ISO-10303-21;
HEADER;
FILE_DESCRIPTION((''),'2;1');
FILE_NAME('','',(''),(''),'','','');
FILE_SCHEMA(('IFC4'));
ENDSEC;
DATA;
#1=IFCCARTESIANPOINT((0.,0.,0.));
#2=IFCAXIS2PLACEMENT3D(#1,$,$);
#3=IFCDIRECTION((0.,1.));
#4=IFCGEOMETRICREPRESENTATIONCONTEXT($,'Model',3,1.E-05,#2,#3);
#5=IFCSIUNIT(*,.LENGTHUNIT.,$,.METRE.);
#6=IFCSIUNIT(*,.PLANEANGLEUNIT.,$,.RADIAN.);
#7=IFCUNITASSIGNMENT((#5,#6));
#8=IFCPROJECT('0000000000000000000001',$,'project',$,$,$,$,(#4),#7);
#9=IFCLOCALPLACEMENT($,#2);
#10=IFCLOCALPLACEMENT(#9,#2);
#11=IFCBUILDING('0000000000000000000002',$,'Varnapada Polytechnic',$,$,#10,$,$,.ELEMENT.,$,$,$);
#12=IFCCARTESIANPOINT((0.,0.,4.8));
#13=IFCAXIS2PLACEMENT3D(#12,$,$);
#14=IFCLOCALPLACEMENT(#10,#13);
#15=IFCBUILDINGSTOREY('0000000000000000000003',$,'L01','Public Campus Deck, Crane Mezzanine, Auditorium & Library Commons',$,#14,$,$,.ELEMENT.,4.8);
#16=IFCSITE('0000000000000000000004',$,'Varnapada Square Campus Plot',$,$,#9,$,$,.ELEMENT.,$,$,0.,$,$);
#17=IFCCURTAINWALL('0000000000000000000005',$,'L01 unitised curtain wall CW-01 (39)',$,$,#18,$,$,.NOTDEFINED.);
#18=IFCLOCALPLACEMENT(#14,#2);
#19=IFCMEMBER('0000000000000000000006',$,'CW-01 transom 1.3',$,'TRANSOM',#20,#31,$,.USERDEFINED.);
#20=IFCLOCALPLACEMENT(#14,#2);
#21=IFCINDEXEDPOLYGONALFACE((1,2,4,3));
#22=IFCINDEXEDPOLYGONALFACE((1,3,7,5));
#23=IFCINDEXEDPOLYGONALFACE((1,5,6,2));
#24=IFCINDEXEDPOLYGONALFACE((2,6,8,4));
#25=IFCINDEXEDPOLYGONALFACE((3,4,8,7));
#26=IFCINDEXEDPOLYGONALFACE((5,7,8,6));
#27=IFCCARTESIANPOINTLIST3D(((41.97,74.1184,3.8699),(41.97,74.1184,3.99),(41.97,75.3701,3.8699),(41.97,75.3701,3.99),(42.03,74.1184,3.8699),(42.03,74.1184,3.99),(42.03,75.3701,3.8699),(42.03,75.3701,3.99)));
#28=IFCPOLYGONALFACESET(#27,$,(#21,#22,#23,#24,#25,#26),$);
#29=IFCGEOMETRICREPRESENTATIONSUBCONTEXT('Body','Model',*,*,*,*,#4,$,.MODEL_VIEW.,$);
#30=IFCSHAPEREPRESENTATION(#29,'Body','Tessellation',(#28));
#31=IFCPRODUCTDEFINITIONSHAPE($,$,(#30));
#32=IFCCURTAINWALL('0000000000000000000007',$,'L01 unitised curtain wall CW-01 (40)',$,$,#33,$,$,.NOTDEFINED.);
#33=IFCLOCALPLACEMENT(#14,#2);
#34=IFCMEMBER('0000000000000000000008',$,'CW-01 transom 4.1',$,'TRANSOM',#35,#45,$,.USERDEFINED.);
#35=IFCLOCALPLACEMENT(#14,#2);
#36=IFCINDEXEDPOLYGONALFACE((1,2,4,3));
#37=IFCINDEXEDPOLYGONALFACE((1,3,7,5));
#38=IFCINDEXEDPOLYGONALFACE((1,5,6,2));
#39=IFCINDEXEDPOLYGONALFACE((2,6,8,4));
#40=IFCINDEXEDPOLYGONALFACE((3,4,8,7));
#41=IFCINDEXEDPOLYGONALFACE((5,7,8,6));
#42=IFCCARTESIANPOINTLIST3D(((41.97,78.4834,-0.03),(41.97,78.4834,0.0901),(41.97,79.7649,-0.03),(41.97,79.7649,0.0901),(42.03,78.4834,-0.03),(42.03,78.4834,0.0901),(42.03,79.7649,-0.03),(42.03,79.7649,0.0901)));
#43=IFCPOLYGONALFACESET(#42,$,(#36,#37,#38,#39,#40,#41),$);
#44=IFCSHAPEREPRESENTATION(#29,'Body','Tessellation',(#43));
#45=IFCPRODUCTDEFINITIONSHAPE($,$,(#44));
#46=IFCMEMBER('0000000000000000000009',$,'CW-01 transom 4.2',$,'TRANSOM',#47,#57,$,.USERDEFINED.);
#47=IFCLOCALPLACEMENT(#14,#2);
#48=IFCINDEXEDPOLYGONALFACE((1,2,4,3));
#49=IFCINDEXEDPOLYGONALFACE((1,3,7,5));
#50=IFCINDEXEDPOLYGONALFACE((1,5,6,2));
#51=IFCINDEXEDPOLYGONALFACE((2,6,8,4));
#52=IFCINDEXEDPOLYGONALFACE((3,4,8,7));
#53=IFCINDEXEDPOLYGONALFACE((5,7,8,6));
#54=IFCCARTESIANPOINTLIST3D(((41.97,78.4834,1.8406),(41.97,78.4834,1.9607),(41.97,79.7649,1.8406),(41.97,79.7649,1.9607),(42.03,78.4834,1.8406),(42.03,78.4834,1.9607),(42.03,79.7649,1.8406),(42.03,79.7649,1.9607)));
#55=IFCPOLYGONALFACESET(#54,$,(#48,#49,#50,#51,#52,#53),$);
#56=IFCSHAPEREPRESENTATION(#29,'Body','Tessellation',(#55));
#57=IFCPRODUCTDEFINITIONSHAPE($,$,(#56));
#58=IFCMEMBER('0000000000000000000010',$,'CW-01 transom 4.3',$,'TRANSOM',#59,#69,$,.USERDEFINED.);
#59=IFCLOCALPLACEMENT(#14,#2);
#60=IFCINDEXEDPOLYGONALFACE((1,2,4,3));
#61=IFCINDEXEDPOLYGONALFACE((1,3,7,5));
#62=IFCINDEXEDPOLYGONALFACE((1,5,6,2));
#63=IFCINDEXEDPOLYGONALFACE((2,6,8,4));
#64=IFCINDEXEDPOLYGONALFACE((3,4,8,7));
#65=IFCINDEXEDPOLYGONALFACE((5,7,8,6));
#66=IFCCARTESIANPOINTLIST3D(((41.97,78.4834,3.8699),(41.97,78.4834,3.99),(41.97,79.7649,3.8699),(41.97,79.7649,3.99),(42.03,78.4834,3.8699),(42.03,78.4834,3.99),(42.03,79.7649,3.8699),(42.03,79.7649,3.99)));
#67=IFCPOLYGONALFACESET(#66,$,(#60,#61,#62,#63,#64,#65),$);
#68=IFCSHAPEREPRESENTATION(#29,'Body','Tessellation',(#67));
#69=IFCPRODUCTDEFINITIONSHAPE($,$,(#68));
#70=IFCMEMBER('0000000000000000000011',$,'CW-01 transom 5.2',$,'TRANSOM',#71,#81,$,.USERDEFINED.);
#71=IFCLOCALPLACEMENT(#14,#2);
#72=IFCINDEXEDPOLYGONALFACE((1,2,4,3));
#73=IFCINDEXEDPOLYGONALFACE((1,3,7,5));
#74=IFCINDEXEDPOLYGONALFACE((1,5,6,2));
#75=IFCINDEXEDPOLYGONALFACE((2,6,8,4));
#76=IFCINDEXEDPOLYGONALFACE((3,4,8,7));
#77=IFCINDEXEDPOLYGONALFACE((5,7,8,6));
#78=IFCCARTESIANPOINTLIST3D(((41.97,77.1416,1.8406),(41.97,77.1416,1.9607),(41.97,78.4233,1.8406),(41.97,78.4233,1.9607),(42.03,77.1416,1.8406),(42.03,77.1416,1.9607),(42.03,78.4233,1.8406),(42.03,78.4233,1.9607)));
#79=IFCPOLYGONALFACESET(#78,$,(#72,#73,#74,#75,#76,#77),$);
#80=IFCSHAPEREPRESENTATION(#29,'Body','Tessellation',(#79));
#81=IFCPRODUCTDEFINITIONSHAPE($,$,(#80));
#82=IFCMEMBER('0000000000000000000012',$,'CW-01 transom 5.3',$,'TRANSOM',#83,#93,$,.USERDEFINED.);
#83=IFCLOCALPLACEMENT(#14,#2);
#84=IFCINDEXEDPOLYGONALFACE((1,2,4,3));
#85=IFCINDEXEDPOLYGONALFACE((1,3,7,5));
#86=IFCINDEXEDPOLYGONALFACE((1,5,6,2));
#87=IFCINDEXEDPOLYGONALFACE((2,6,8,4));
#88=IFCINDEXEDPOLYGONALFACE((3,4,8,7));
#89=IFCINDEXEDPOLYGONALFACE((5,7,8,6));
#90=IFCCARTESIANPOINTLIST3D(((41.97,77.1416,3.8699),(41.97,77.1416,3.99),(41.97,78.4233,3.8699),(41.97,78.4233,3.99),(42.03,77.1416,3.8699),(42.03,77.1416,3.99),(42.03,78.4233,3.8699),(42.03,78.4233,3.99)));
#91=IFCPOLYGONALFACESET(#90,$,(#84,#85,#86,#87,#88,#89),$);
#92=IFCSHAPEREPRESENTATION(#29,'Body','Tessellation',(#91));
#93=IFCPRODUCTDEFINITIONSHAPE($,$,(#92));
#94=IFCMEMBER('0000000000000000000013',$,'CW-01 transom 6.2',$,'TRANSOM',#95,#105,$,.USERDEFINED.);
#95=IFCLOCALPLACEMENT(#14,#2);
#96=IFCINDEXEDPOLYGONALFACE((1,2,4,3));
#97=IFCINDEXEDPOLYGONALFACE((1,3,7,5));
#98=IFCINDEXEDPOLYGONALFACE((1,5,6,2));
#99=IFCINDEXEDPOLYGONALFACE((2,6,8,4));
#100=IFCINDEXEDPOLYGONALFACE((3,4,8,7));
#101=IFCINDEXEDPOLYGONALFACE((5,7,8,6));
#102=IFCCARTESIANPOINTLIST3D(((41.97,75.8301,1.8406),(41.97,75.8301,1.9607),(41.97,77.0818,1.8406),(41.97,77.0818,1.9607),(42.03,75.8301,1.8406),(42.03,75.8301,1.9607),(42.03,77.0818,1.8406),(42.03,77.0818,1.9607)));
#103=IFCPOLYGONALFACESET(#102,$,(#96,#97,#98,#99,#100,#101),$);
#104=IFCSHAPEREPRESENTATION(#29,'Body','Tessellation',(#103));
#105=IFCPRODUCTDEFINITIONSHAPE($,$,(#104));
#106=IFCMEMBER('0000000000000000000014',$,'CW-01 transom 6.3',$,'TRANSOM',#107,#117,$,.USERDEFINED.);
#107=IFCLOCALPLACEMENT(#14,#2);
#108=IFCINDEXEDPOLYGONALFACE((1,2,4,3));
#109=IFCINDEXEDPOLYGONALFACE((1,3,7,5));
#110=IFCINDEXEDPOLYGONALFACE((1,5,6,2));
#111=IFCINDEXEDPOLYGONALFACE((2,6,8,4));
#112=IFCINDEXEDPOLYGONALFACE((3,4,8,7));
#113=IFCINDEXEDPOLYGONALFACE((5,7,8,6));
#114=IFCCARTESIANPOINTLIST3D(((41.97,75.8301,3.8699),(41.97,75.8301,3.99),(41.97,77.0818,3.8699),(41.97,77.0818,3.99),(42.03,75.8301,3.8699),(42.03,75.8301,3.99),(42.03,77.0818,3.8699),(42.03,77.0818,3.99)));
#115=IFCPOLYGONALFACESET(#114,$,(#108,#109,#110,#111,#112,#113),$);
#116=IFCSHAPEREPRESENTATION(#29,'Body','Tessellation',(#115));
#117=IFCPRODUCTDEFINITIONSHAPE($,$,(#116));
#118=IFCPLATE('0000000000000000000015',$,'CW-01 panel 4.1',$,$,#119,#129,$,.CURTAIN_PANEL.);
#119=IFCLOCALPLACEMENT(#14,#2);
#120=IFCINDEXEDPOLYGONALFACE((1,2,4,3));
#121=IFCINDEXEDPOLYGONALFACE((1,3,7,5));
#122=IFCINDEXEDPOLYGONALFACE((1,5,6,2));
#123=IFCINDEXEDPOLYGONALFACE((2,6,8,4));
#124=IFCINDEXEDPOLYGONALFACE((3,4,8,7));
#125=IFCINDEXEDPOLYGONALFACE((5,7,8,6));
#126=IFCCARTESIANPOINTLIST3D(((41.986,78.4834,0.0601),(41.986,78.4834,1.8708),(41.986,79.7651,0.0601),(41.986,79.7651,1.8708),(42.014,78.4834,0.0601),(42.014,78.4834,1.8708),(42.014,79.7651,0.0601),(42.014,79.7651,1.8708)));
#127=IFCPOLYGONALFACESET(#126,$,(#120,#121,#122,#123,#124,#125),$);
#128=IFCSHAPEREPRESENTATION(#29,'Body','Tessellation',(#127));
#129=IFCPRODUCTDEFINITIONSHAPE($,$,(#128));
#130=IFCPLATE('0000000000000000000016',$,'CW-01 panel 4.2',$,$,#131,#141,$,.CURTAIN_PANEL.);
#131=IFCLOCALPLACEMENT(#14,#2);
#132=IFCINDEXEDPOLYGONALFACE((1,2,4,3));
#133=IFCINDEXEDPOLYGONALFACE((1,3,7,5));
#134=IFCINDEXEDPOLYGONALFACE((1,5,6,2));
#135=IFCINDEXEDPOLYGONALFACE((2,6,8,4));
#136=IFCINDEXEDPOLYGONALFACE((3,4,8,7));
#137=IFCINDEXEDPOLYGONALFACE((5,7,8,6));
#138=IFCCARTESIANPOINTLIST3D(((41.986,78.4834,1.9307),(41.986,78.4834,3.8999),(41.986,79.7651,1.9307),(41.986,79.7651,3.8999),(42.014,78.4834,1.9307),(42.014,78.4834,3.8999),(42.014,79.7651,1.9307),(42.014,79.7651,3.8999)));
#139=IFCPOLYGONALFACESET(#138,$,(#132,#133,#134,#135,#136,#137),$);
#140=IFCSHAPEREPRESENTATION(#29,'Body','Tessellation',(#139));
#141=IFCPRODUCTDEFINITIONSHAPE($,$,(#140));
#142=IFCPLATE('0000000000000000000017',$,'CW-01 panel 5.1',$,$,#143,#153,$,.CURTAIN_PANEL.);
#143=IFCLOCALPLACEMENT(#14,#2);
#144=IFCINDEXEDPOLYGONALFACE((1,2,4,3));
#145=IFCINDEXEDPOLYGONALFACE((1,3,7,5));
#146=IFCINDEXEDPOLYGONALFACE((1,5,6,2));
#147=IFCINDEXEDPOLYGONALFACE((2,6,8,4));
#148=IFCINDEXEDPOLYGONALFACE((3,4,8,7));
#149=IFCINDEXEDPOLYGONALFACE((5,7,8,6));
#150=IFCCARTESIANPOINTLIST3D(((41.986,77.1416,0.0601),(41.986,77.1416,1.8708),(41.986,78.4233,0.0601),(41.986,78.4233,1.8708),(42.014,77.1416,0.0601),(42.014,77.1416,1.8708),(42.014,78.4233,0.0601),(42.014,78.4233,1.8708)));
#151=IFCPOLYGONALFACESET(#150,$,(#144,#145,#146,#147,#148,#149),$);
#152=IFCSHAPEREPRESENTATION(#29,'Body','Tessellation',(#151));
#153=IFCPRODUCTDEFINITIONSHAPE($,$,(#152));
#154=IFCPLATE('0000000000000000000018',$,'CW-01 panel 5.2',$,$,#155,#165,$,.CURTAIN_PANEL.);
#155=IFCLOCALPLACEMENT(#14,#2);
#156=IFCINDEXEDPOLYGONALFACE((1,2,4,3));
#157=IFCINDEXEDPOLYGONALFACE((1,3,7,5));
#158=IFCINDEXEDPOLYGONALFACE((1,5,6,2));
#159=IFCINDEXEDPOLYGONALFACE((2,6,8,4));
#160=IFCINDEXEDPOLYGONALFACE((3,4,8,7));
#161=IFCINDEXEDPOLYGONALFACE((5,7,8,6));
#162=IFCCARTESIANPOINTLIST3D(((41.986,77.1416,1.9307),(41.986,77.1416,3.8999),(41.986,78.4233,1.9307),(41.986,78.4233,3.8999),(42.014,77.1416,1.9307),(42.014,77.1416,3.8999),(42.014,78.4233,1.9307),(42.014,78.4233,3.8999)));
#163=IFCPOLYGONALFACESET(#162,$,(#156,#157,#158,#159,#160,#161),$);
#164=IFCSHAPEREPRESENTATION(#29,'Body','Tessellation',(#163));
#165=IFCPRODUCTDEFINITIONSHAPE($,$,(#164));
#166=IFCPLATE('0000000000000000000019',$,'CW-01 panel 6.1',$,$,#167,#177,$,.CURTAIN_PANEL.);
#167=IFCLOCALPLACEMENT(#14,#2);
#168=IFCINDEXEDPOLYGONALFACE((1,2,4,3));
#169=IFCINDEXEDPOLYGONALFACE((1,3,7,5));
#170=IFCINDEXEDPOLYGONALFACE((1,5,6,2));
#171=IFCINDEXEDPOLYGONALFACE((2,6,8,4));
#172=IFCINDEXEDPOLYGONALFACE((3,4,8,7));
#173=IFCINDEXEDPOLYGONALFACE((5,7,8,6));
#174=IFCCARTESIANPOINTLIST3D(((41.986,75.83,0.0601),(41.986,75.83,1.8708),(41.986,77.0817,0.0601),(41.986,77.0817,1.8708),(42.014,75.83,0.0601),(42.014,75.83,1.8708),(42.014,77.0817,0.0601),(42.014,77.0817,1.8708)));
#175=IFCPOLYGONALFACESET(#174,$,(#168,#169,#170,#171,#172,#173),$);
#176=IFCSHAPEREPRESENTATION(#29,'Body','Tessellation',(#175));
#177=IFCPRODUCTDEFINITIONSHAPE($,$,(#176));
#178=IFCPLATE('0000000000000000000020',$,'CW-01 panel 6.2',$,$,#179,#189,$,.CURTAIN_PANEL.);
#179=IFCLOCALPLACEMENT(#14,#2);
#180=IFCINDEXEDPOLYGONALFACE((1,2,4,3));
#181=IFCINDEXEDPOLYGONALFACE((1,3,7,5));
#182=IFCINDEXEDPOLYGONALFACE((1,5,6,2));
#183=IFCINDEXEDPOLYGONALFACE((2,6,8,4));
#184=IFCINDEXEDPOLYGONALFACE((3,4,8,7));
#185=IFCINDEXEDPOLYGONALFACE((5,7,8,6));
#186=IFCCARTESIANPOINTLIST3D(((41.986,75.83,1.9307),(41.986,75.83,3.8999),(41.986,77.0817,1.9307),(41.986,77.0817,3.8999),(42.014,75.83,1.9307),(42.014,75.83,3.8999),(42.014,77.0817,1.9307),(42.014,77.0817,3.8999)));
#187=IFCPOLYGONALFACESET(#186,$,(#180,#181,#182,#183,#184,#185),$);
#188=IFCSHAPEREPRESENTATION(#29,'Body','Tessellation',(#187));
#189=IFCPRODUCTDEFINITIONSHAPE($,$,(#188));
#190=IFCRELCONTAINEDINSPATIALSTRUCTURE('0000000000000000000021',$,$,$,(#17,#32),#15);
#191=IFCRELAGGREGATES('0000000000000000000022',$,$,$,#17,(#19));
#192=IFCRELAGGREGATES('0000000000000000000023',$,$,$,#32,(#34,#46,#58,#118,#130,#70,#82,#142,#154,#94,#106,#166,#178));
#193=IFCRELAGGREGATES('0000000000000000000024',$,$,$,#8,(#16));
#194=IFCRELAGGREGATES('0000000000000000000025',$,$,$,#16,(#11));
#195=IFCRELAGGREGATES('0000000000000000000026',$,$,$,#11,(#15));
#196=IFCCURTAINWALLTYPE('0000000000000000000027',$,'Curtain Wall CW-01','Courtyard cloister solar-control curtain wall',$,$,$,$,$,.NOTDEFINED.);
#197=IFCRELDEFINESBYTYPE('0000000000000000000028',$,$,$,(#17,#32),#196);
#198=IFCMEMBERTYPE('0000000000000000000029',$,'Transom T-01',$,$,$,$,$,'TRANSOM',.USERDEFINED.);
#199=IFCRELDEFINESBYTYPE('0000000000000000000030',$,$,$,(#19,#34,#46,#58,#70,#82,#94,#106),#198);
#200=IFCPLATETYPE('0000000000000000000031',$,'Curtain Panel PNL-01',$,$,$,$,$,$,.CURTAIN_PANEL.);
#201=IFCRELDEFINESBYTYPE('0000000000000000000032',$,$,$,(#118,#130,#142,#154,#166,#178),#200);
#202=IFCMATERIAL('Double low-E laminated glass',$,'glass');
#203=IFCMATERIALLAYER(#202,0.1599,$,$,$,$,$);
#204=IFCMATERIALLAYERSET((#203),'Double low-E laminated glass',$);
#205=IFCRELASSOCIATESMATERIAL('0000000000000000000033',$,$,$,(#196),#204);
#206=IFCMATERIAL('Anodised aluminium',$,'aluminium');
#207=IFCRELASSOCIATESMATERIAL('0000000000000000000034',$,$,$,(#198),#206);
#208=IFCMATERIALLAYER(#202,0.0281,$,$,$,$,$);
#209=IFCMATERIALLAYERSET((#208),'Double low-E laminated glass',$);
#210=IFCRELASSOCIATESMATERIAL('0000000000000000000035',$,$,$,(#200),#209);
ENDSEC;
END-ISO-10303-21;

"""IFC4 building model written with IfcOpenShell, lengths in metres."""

from ifc_helpers import new_model, si_unit, direction, frame, origin, origin_2d, place, context, subcontext, project, spatial, rectangle, extrude, material, layer, layer_set, material_profile, profile_set, type_object, element, aggregate, save


model = new_model("IFC4")

# Units and contexts
model_context = context("Model", 3, precision=1e-05, world=origin(), true_north=direction((0.0, 1.0)))
body_context = subcontext(model_context, "Body", "Model", "MODEL_VIEW")
ifc_project = project(units=[si_unit("LENGTHUNIT", "METRE"), si_unit("PLANEANGLEUNIT", "RADIAN")], contexts=[model_context])

# Site, building, storey
site_placement = place(None, origin())
site = spatial("IfcSite", under=ifc_project, at=site_placement, Name="Varnapada Square Campus Plot", CompositionType="ELEMENT", RefElevation=0.0)
building_placement = place(site_placement, origin())
building = spatial("IfcBuilding", under=site, at=building_placement, Name="Varnapada Polytechnic", CompositionType="ELEMENT")
storey_placement = place(building_placement, frame((0.0, 0.0, 4.8)))
storey = spatial("IfcBuildingStorey", under=building, at=storey_placement, Name="L01", Description="Public Campus Deck, Crane Mezzanine, Auditorium & Library Commons", CompositionType="ELEMENT", Elevation=4.8)

# Curtain wall, member
ifc_material_1 = material(Name="Double low-E laminated glass", Category="glass")
ifc_layer_1 = layer(ifc_material_1, 0.1599)
ifc_layer_set_1 = layer_set([ifc_layer_1], Name="Double low-E laminated glass")
curtain_wall_type = type_object("IfcCurtainWallType", Name="Curtain Wall CW-01", Description="Courtyard cloister solar-control curtain wall", PredefinedType="NOTDEFINED", material=ifc_layer_set_1)
curtain_wall_1_placement = place(storey_placement, origin())
curtain_wall_1 = element("IfcCurtainWall", 1, at=curtain_wall_1_placement, inside=storey, type_object=curtain_wall_type, Name="L01 unitised curtain wall CW-01 (39)", PredefinedType="NOTDEFINED")
ifc_material_2 = material(Name="Anodised aluminium", Category="aluminium")
ifc_material_profile = material_profile(ifc_material_2, rectangle(XDim=0.0601, YDim=0.1201, at=origin_2d()), Name="ALU T60x120")
ifc_profile_set = profile_set([ifc_material_profile], Name="Anodised aluminium")
member_type = type_object("IfcMemberType", Name="Transom T-01", ElementType="TRANSOM", PredefinedType="USERDEFINED", material=ifc_profile_set)
member_1_placement = place(storey_placement, frame((42.0, 75.3701, 3.9299), z_axis=(0.0, -1.0, 0.0), x_axis=(1.0, 0.0, 0.0)))
member_1 = element("IfcMember", 2, at=member_1_placement, type_object=member_type, Name="CW-01 transom 1.3", ObjectType="TRANSOM", PredefinedType="USERDEFINED", context=body_context, shape_type="SweptSolid", body=[
    extrude(rectangle(XDim=0.0601, YDim=0.1201, at=origin_2d()), origin(), (0.0, 0.0, 1.0), 1.2517),
])
aggregate(curtain_wall_1, [member_1])

# Curtain wall, members, plates
curtain_wall_2_placement = place(storey_placement, origin())
curtain_wall_2 = element("IfcCurtainWall", 3, at=curtain_wall_2_placement, inside=storey, type_object=curtain_wall_type, Name="L01 unitised curtain wall CW-01 (40)", PredefinedType="NOTDEFINED")
member_2_placement = place(storey_placement, frame((42.0, 79.7649, 0.03), z_axis=(0.0, -1.0, 0.0), x_axis=(1.0, 0.0, 0.0)))
member_2 = element("IfcMember", 4, at=member_2_placement, type_object=member_type, Name="CW-01 transom 4.1", ObjectType="TRANSOM", PredefinedType="USERDEFINED", context=body_context, shape_type="SweptSolid", body=[
    extrude(rectangle(XDim=0.0601, YDim=0.1201, at=origin_2d()), origin(), (0.0, 0.0, 1.0), 1.2815),
])
member_3_placement = place(storey_placement, frame((42.0, 79.7649, 1.9006), z_axis=(0.0, -1.0, 0.0), x_axis=(1.0, 0.0, 0.0)))
member_3 = element("IfcMember", 5, at=member_3_placement, type_object=member_type, Name="CW-01 transom 4.2", ObjectType="TRANSOM", PredefinedType="USERDEFINED", context=body_context, shape_type="SweptSolid", body=[
    extrude(rectangle(XDim=0.0601, YDim=0.1201, at=origin_2d()), origin(), (0.0, 0.0, 1.0), 1.2815),
])
member_4_placement = place(storey_placement, frame((42.0, 79.7649, 3.9299), z_axis=(0.0, -1.0, 0.0), x_axis=(1.0, 0.0, 0.0)))
member_4 = element("IfcMember", 6, at=member_4_placement, type_object=member_type, Name="CW-01 transom 4.3", ObjectType="TRANSOM", PredefinedType="USERDEFINED", context=body_context, shape_type="SweptSolid", body=[
    extrude(rectangle(XDim=0.0601, YDim=0.1201, at=origin_2d()), origin(), (0.0, 0.0, 1.0), 1.2815),
])
member_5_placement = place(storey_placement, frame((42.0, 78.4233, 1.9006), z_axis=(0.0, -1.0, 0.0), x_axis=(1.0, 0.0, 0.0)))
member_5 = element("IfcMember", 7, at=member_5_placement, type_object=member_type, Name="CW-01 transom 5.2", ObjectType="TRANSOM", PredefinedType="USERDEFINED", context=body_context, shape_type="SweptSolid", body=[
    extrude(rectangle(XDim=0.0601, YDim=0.1201, at=origin_2d()), origin(), (0.0, 0.0, 1.0), 1.2817),
])
member_6_placement = place(storey_placement, frame((42.0, 78.4233, 3.9299), z_axis=(0.0, -1.0, 0.0), x_axis=(1.0, 0.0, 0.0)))
member_6 = element("IfcMember", 8, at=member_6_placement, type_object=member_type, Name="CW-01 transom 5.3", ObjectType="TRANSOM", PredefinedType="USERDEFINED", context=body_context, shape_type="SweptSolid", body=[
    extrude(rectangle(XDim=0.0601, YDim=0.1201, at=origin_2d()), origin(), (0.0, 0.0, 1.0), 1.2817),
])
member_7_placement = place(storey_placement, frame((42.0, 77.0818, 1.9006), z_axis=(0.0, -1.0, 0.0), x_axis=(1.0, 0.0, 0.0)))
member_7 = element("IfcMember", 9, at=member_7_placement, type_object=member_type, Name="CW-01 transom 6.2", ObjectType="TRANSOM", PredefinedType="USERDEFINED", context=body_context, shape_type="SweptSolid", body=[
    extrude(rectangle(XDim=0.0601, YDim=0.1201, at=origin_2d()), origin(), (0.0, 0.0, 1.0), 1.2517),
])
member_8_placement = place(storey_placement, frame((42.0, 77.0818, 3.9299), z_axis=(0.0, -1.0, 0.0), x_axis=(1.0, 0.0, 0.0)))
member_8 = element("IfcMember", 10, at=member_8_placement, type_object=member_type, Name="CW-01 transom 6.3", ObjectType="TRANSOM", PredefinedType="USERDEFINED", context=body_context, shape_type="SweptSolid", body=[
    extrude(rectangle(XDim=0.0601, YDim=0.1201, at=origin_2d()), origin(), (0.0, 0.0, 1.0), 1.2517),
])
ifc_layer_2 = layer(ifc_material_1, 0.0281)
ifc_layer_set_2 = layer_set([ifc_layer_2], Name="Double low-E laminated glass")
plate_type = type_object("IfcPlateType", Name="Curtain Panel PNL-01", PredefinedType="CURTAIN_PANEL", material=ifc_layer_set_2)
plate_1_placement = place(storey_placement, frame((42.0, 79.1243, 0.0601), z_axis=(0.0, 0.0, 1.0), x_axis=(0.0, -1.0, 0.0)))
plate_1 = element("IfcPlate", 11, at=plate_1_placement, type_object=plate_type, Name="CW-01 panel 4.1", PredefinedType="CURTAIN_PANEL", context=body_context, shape_type="SweptSolid", body=[
    extrude(rectangle(XDim=1.2817, YDim=0.0281, at=origin_2d()), origin(), (0.0, 0.0, 1.0), 1.8108),
])
plate_2_placement = place(storey_placement, frame((42.0, 79.1243, 1.9307), z_axis=(0.0, 0.0, 1.0), x_axis=(0.0, -1.0, 0.0)))
plate_2 = element("IfcPlate", 12, at=plate_2_placement, type_object=plate_type, Name="CW-01 panel 4.2", PredefinedType="CURTAIN_PANEL", context=body_context, shape_type="SweptSolid", body=[
    extrude(rectangle(XDim=1.2817, YDim=0.0281, at=origin_2d()), origin(), (0.0, 0.0, 1.0), 1.9692),
])
plate_3_placement = place(storey_placement, frame((42.0, 77.7825, 0.0601), z_axis=(0.0, 0.0, 1.0), x_axis=(0.0, -1.0, 0.0)))
plate_3 = element("IfcPlate", 13, at=plate_3_placement, type_object=plate_type, Name="CW-01 panel 5.1", PredefinedType="CURTAIN_PANEL", context=body_context, shape_type="SweptSolid", body=[
    extrude(rectangle(XDim=1.2817, YDim=0.0281, at=origin_2d()), origin(), (0.0, 0.0, 1.0), 1.8108),
])
plate_4_placement = place(storey_placement, frame((42.0, 77.7825, 1.9307), z_axis=(0.0, 0.0, 1.0), x_axis=(0.0, -1.0, 0.0)))
plate_4 = element("IfcPlate", 14, at=plate_4_placement, type_object=plate_type, Name="CW-01 panel 5.2", PredefinedType="CURTAIN_PANEL", context=body_context, shape_type="SweptSolid", body=[
    extrude(rectangle(XDim=1.2817, YDim=0.0281, at=origin_2d()), origin(), (0.0, 0.0, 1.0), 1.9692),
])
plate_5_placement = place(storey_placement, frame((42.0, 76.4558, 0.0601), z_axis=(0.0, 0.0, 1.0), x_axis=(0.0, -1.0, 0.0)))
plate_5 = element("IfcPlate", 15, at=plate_5_placement, type_object=plate_type, Name="CW-01 panel 6.1", PredefinedType="CURTAIN_PANEL", context=body_context, shape_type="SweptSolid", body=[
    extrude(rectangle(XDim=1.2517, YDim=0.0281, at=origin_2d()), origin(), (0.0, 0.0, 1.0), 1.8108),
])
plate_6_placement = place(storey_placement, frame((42.0, 76.4558, 1.9307), z_axis=(0.0, 0.0, 1.0), x_axis=(0.0, -1.0, 0.0)))
plate_6 = element("IfcPlate", 16, at=plate_6_placement, type_object=plate_type, Name="CW-01 panel 6.2", PredefinedType="CURTAIN_PANEL", context=body_context, shape_type="SweptSolid", body=[
    extrude(rectangle(XDim=1.2517, YDim=0.0281, at=origin_2d()), origin(), (0.0, 0.0, 1.0), 1.9692),
])
aggregate(curtain_wall_2, [member_2, member_3, member_4, plate_1, plate_2, member_5, member_6, plate_3, plate_4, member_7, member_8, plate_5, plate_6])

save(model, "model.ifc")
